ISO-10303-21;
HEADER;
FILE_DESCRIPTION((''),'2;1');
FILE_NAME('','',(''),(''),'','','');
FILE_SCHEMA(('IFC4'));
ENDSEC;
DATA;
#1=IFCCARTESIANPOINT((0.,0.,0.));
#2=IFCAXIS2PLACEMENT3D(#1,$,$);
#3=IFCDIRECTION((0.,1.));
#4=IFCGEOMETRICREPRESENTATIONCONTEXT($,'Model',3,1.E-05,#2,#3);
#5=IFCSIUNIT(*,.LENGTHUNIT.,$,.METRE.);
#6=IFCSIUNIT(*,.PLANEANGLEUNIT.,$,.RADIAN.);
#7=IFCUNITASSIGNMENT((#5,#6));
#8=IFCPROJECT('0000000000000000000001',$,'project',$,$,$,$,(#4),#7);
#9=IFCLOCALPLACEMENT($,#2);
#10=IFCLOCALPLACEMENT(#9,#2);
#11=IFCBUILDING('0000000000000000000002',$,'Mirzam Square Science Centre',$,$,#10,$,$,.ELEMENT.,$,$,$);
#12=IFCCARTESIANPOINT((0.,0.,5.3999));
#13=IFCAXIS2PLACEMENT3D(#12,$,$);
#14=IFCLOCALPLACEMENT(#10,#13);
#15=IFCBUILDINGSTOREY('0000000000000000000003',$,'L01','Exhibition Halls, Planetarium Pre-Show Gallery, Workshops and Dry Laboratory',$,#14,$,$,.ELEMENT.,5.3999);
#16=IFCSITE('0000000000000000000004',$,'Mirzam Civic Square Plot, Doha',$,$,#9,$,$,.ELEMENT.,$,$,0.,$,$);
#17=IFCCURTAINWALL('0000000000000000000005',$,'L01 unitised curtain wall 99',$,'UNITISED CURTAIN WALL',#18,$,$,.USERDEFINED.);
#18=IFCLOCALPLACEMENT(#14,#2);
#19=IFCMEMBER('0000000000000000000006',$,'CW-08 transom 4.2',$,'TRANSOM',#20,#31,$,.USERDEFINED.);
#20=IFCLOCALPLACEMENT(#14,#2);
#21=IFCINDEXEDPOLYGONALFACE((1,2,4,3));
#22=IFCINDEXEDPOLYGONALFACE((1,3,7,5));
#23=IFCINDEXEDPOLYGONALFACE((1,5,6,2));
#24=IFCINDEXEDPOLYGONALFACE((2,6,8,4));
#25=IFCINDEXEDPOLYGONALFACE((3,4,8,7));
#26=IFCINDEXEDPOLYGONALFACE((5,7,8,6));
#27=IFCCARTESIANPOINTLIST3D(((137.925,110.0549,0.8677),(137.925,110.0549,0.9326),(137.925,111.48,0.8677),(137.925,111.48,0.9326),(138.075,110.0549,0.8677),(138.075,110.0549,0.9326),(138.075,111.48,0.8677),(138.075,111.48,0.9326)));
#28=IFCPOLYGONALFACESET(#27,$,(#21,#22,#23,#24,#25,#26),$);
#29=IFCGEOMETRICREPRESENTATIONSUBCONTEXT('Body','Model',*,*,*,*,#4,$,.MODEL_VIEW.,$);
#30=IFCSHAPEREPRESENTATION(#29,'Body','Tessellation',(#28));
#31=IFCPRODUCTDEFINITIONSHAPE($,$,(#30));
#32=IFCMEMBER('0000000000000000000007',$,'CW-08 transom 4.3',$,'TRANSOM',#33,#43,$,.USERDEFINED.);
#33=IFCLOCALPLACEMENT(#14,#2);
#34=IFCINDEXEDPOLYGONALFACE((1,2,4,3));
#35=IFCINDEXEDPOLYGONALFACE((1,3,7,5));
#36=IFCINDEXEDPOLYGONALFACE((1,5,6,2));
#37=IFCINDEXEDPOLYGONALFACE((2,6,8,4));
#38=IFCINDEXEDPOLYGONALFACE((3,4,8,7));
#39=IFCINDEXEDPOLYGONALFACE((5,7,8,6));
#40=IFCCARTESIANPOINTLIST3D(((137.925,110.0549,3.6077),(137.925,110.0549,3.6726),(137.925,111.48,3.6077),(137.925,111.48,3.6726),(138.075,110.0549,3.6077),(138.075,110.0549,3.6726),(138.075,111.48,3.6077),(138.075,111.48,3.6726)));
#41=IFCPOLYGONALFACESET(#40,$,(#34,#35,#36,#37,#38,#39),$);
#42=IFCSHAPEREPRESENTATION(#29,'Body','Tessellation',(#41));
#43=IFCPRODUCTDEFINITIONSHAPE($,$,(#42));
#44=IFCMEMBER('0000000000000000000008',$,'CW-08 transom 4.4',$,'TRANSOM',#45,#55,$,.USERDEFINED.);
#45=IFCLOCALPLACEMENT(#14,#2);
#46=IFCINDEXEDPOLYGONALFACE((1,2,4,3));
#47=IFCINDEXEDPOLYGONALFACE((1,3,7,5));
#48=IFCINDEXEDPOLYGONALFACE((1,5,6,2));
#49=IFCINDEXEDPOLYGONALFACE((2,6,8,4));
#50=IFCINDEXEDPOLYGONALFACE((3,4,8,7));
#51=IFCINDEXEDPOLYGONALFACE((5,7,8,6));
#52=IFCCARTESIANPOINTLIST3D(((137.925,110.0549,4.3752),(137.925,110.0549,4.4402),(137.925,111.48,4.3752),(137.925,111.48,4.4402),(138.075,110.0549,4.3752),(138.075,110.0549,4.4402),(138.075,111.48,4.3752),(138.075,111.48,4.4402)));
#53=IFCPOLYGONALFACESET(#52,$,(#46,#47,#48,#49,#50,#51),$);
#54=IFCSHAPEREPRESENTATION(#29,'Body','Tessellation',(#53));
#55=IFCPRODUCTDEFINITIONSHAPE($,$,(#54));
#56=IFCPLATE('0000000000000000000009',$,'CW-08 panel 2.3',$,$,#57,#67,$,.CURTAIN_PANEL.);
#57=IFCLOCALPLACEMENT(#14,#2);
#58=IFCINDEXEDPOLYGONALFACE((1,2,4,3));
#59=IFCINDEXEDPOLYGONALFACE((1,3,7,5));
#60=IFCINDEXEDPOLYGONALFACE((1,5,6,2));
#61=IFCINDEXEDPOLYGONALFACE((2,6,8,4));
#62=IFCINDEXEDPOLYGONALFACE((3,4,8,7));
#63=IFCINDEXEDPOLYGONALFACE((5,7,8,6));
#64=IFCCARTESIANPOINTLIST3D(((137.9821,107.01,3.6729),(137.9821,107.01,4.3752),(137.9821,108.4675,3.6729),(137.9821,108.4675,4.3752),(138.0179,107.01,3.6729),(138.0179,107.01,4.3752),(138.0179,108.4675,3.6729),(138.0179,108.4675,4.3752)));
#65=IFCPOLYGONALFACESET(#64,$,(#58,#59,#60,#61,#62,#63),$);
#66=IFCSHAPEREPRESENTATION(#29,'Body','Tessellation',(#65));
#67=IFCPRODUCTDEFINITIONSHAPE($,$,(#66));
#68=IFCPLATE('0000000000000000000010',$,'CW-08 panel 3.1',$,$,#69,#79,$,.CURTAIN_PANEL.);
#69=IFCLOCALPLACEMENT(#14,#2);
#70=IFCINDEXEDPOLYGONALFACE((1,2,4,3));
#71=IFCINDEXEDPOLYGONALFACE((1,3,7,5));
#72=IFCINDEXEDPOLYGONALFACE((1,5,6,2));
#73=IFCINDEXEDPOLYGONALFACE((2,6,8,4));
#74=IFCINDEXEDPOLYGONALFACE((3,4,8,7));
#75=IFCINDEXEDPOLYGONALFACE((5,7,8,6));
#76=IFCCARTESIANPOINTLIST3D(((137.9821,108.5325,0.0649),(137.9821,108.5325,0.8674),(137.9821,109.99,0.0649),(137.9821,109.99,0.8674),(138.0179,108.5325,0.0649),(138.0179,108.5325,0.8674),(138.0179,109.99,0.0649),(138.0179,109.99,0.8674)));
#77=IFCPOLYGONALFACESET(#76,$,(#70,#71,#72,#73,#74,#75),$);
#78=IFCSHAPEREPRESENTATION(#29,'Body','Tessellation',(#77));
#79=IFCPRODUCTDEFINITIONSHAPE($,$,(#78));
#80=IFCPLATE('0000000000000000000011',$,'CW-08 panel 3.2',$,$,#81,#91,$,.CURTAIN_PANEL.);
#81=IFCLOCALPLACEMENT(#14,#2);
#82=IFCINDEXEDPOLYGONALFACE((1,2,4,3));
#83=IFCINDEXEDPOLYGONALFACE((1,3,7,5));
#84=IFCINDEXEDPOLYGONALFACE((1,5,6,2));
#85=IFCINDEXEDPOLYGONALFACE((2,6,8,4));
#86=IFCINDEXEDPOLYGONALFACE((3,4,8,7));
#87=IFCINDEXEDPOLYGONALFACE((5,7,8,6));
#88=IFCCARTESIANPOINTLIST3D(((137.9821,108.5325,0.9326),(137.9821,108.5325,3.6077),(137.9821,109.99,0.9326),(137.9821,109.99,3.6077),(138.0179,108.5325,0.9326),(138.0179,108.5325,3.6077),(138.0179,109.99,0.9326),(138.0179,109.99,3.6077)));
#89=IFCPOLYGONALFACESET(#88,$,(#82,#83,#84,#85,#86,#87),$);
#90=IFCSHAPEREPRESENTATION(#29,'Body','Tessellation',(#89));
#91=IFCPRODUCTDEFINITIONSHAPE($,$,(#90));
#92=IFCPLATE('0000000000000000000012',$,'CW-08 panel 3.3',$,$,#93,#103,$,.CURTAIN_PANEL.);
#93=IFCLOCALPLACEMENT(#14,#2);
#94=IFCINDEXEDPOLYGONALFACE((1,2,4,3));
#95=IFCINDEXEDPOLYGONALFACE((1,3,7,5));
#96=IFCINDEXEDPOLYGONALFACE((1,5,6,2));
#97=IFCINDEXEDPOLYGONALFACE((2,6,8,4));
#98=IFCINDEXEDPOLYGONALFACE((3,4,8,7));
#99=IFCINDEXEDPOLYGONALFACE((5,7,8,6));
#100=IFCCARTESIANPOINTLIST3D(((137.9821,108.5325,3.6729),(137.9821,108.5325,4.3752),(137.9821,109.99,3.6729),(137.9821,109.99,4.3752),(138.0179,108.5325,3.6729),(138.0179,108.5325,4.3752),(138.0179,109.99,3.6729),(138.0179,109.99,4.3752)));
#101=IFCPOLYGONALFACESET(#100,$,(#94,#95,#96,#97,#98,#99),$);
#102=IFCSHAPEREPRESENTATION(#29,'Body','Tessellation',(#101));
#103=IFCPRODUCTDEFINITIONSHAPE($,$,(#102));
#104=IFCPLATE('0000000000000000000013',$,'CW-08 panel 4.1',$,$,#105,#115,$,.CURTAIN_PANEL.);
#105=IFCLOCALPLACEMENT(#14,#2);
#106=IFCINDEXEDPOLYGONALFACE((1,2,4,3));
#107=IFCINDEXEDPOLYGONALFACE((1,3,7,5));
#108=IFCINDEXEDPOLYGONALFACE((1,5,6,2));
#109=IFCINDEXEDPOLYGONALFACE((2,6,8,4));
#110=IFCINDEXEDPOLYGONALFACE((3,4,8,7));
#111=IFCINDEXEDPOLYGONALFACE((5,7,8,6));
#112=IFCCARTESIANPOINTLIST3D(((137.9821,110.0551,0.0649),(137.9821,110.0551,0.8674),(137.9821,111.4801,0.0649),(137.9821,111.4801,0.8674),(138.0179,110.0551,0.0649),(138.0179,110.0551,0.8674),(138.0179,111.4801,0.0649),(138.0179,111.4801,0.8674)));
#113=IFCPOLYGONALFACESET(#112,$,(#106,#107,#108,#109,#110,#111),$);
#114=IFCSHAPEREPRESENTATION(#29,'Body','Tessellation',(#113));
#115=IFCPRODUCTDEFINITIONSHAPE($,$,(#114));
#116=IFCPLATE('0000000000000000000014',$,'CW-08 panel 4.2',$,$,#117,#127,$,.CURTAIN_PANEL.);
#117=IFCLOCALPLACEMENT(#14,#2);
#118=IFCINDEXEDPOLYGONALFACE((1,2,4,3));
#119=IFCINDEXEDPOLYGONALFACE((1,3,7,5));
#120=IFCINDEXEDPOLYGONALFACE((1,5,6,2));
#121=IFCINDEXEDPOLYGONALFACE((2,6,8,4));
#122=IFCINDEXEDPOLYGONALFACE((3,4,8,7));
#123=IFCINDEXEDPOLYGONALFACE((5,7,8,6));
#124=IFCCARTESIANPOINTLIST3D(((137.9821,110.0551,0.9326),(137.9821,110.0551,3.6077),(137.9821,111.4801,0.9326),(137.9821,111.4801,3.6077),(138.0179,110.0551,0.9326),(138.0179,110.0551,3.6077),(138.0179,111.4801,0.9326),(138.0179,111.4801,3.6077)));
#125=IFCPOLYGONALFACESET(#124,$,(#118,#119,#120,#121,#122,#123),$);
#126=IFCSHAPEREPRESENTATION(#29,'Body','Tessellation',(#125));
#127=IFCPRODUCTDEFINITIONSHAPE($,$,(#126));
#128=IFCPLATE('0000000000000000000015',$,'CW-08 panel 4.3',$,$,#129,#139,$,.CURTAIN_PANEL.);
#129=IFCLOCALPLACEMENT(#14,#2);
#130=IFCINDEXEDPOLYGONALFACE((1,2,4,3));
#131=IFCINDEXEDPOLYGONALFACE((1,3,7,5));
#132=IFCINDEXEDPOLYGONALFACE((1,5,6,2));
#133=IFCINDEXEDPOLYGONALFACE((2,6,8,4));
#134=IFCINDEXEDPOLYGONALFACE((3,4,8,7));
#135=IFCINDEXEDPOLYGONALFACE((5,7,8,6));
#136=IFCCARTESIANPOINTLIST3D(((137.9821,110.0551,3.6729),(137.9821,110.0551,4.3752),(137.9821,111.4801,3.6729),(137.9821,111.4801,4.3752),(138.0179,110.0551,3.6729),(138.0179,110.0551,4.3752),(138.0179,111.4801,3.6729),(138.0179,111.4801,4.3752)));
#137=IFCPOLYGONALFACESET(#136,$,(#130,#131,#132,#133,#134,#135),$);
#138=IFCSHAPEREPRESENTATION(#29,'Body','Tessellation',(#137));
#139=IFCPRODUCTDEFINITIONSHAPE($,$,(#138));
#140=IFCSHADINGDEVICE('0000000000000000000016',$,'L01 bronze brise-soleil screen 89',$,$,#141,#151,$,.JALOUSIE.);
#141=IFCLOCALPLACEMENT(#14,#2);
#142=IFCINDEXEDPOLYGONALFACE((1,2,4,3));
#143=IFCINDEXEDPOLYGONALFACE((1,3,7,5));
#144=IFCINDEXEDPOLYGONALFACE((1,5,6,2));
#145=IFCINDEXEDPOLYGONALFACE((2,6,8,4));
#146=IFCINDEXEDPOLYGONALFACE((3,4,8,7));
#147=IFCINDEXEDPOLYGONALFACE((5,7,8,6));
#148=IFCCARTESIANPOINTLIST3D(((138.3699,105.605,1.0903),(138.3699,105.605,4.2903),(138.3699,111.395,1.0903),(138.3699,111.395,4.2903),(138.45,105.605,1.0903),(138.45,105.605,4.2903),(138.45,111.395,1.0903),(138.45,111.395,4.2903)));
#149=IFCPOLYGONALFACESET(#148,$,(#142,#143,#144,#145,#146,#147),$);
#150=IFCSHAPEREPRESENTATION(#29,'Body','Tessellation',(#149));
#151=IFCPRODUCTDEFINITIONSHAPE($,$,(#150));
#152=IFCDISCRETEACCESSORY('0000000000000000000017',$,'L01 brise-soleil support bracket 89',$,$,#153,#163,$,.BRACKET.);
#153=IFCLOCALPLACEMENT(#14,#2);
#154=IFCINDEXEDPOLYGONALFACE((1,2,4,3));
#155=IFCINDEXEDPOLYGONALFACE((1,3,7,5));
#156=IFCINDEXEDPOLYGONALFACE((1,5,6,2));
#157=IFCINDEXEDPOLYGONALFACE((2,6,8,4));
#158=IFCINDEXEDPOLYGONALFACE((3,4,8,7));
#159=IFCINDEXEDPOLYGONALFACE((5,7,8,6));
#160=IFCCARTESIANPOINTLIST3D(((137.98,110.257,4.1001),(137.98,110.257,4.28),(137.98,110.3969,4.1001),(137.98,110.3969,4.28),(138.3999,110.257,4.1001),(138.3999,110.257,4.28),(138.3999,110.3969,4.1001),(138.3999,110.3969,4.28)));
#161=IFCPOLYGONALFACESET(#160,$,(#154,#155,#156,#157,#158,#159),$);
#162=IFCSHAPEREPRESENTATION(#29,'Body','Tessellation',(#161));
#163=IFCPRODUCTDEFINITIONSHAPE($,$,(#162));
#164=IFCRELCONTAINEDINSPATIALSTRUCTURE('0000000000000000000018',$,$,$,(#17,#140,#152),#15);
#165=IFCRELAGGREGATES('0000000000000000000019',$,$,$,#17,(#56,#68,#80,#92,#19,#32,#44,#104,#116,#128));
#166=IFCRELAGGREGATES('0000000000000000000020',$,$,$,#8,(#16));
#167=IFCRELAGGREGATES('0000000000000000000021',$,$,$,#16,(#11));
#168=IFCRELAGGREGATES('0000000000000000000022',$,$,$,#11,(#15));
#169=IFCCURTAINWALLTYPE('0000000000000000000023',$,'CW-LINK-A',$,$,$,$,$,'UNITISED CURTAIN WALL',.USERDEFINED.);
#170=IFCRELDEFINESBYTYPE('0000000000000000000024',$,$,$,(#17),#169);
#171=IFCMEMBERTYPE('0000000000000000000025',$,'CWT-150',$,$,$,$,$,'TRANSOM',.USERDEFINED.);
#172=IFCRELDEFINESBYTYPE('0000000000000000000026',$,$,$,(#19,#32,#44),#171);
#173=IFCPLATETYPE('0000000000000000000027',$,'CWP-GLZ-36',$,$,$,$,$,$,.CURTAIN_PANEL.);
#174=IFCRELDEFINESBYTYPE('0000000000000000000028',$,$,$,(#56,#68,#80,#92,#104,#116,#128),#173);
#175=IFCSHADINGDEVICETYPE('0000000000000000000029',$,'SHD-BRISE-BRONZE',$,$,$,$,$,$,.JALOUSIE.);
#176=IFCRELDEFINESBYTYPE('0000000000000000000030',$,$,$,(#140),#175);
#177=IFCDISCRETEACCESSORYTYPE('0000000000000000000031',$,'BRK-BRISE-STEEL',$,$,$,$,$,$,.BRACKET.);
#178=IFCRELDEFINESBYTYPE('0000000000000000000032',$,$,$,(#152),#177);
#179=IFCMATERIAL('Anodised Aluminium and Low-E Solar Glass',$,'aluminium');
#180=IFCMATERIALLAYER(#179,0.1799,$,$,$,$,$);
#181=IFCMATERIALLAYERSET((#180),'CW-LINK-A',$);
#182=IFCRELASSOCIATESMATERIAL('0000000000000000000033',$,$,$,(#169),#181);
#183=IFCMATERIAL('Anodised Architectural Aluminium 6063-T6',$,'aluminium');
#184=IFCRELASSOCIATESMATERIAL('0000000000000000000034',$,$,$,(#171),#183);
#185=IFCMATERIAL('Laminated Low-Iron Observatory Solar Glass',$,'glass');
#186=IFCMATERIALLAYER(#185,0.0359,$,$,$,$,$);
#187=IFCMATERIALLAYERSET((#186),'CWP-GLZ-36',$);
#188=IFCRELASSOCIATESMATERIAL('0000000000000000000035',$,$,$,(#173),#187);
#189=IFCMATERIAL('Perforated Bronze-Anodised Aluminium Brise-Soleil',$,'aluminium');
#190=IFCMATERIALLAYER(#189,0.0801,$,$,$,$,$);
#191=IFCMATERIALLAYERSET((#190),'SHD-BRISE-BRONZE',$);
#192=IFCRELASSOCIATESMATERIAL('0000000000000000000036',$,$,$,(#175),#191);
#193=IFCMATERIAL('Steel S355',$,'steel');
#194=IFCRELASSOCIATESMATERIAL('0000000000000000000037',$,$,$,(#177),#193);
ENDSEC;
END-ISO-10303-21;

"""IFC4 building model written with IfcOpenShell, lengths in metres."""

from ifc_helpers import new_model, si_unit, direction, frame, origin, origin_2d, place, context, subcontext, project, spatial, rectangle, extrude, material, layer, layer_set, material_profile, profile_set, type_object, element, aggregate, save


model = new_model("IFC4")

# Units and contexts
model_context = context("Model", 3, precision=1e-05, world=origin(), true_north=direction((0.0, 1.0)))
body_context = subcontext(model_context, "Body", "Model", "MODEL_VIEW")
ifc_project = project(units=[si_unit("LENGTHUNIT", "METRE"), si_unit("PLANEANGLEUNIT", "RADIAN")], contexts=[model_context])

# Site, building, storey
site_placement = place(None, origin())
site = spatial("IfcSite", under=ifc_project, at=site_placement, Name="Mirzam Civic Square Plot, Doha", CompositionType="ELEMENT", RefElevation=0.0)
building_placement = place(site_placement, origin())
building = spatial("IfcBuilding", under=site, at=building_placement, Name="Mirzam Square Science Centre", CompositionType="ELEMENT")
storey_placement = place(building_placement, frame((0.0, 0.0, 5.3999)))
storey = spatial("IfcBuildingStorey", under=building, at=storey_placement, Name="L01", Description="Exhibition Halls, Planetarium Pre-Show Gallery, Workshops and Dry Laboratory", CompositionType="ELEMENT", Elevation=5.3999)

# Shared definitions
ifc_material_1 = material(Name="Steel S355", Category="steel")

# Shared definitions
ifc_material_2 = material(Name="Anodised Aluminium and Low-E Solar Glass", Category="aluminium")
ifc_material_3 = material(Name="Anodised Architectural Aluminium 6063-T6", Category="aluminium")

# Curtain wall
ifc_layer_1 = layer(ifc_material_2, 0.1799)
ifc_layer_set_1 = layer_set([ifc_layer_1], Name="CW-LINK-A")
curtain_wall_type_1 = type_object("IfcCurtainWallType", Name="CW-LINK-A", ElementType="UNITISED CURTAIN WALL", PredefinedType="USERDEFINED", material=ifc_layer_set_1)
curtain_wall_1_placement = place(storey_placement, origin())
curtain_wall_1 = element("IfcCurtainWall", 1, at=curtain_wall_1_placement, inside=storey, type_object=curtain_wall_type_1, Name="L01 unitised curtain wall 99", ObjectType="UNITISED CURTAIN WALL", PredefinedType="USERDEFINED")

# Members
ifc_material_profile_1 = material_profile(ifc_material_3, rectangle(XDim=0.1499, YDim=0.0649, at=origin_2d()), Name="ALU-TRAN-150x65x4")
ifc_profile_set_1 = profile_set([ifc_material_profile_1], Name="Anodised Architectural Aluminium 6063-T6")
member_type_1 = type_object("IfcMemberType", Name="CWT-150", ElementType="TRANSOM", PredefinedType="USERDEFINED", material=ifc_profile_set_1)
member_1_placement = place(storey_placement, frame((138.0, 110.0549, 0.9001), z_axis=(0.0, 1.0, 0.0), x_axis=(-1.0, 0.0, 0.0)))
member_1 = element("IfcMember", 2, at=member_1_placement, type_object=member_type_1, Name="CW-08 transom 4.2", ObjectType="TRANSOM", PredefinedType="USERDEFINED", context=body_context, shape_type="SweptSolid", body=[
    extrude(rectangle(XDim=0.1499, YDim=0.0649, at=origin_2d()), origin(), (0.0, 0.0, 1.0), 1.425),
])
member_2_placement = place(storey_placement, frame((138.0, 110.0549, 3.6401), z_axis=(0.0, 1.0, 0.0), x_axis=(-1.0, 0.0, 0.0)))
member_2 = element("IfcMember", 3, at=member_2_placement, type_object=member_type_1, Name="CW-08 transom 4.3", ObjectType="TRANSOM", PredefinedType="USERDEFINED", context=body_context, shape_type="SweptSolid", body=[
    extrude(rectangle(XDim=0.1499, YDim=0.0649, at=origin_2d()), origin(), (0.0, 0.0, 1.0), 1.425),
])
member_3_placement = place(storey_placement, frame((138.0, 110.0549, 4.4077), z_axis=(0.0, 1.0, 0.0), x_axis=(-1.0, 0.0, 0.0)))
member_3 = element("IfcMember", 4, at=member_3_placement, type_object=member_type_1, Name="CW-08 transom 4.4", ObjectType="TRANSOM", PredefinedType="USERDEFINED", context=body_context, shape_type="SweptSolid", body=[
    extrude(rectangle(XDim=0.1499, YDim=0.0649, at=origin_2d()), origin(), (0.0, 0.0, 1.0), 1.425),
])

# Plates
ifc_material_4 = material(Name="Laminated Low-Iron Observatory Solar Glass", Category="glass")
ifc_layer_2 = layer(ifc_material_4, 0.0359)
ifc_layer_set_2 = layer_set([ifc_layer_2], Name="CWP-GLZ-36")
plate_type = type_object("IfcPlateType", Name="CWP-GLZ-36", PredefinedType="CURTAIN_PANEL", material=ifc_layer_set_2)
plate_1_placement = place(storey_placement, frame((138.0, 107.7388, 3.6729), z_axis=(0.0, 0.0, 1.0), x_axis=(0.0, 1.0, 0.0)))
plate_1 = element("IfcPlate", 5, at=plate_1_placement, type_object=plate_type, Name="CW-08 panel 2.3", PredefinedType="CURTAIN_PANEL", context=body_context, shape_type="SweptSolid", body=[
    extrude(rectangle(XDim=1.4575, YDim=0.0359, at=origin_2d()), origin(), (0.0, 0.0, 1.0), 0.7024),
])
plate_2_placement = place(storey_placement, frame((138.0, 109.2612, 0.0649), z_axis=(0.0, 0.0, 1.0), x_axis=(0.0, 1.0, 0.0)))
plate_2 = element("IfcPlate", 6, at=plate_2_placement, type_object=plate_type, Name="CW-08 panel 3.1", PredefinedType="CURTAIN_PANEL", context=body_context, shape_type="SweptSolid", body=[
    extrude(rectangle(XDim=1.4575, YDim=0.0359, at=origin_2d()), origin(), (0.0, 0.0, 1.0), 0.8025),
])
plate_3_placement = place(storey_placement, frame((138.0, 109.2612, 0.9326), z_axis=(0.0, 0.0, 1.0), x_axis=(0.0, 1.0, 0.0)))
plate_3 = element("IfcPlate", 7, at=plate_3_placement, type_object=plate_type, Name="CW-08 panel 3.2", PredefinedType="CURTAIN_PANEL", context=body_context, shape_type="SweptSolid", body=[
    extrude(rectangle(XDim=1.4575, YDim=0.0359, at=origin_2d()), origin(), (0.0, 0.0, 1.0), 2.675),
])
plate_4_placement = place(storey_placement, frame((138.0, 109.2612, 3.6729), z_axis=(0.0, 0.0, 1.0), x_axis=(0.0, 1.0, 0.0)))
plate_4 = element("IfcPlate", 8, at=plate_4_placement, type_object=plate_type, Name="CW-08 panel 3.3", PredefinedType="CURTAIN_PANEL", context=body_context, shape_type="SweptSolid", body=[
    extrude(rectangle(XDim=1.4575, YDim=0.0359, at=origin_2d()), origin(), (0.0, 0.0, 1.0), 0.7024),
])
plate_5_placement = place(storey_placement, frame((138.0, 110.7676, 0.0649), z_axis=(0.0, 0.0, 1.0), x_axis=(0.0, 1.0, 0.0)))
plate_5 = element("IfcPlate", 9, at=plate_5_placement, type_object=plate_type, Name="CW-08 panel 4.1", PredefinedType="CURTAIN_PANEL", context=body_context, shape_type="SweptSolid", body=[
    extrude(rectangle(XDim=1.425, YDim=0.0359, at=origin_2d()), origin(), (0.0, 0.0, 1.0), 0.8025),
])
plate_6_placement = place(storey_placement, frame((138.0, 110.7676, 0.9326), z_axis=(0.0, 0.0, 1.0), x_axis=(0.0, 1.0, 0.0)))
plate_6 = element("IfcPlate", 10, at=plate_6_placement, type_object=plate_type, Name="CW-08 panel 4.2", PredefinedType="CURTAIN_PANEL", context=body_context, shape_type="SweptSolid", body=[
    extrude(rectangle(XDim=1.425, YDim=0.0359, at=origin_2d()), origin(), (0.0, 0.0, 1.0), 2.675),
])
plate_7_placement = place(storey_placement, frame((138.0, 110.7676, 3.6729), z_axis=(0.0, 0.0, 1.0), x_axis=(0.0, 1.0, 0.0)))
plate_7 = element("IfcPlate", 11, at=plate_7_placement, type_object=plate_type, Name="CW-08 panel 4.3", PredefinedType="CURTAIN_PANEL", context=body_context, shape_type="SweptSolid", body=[
    extrude(rectangle(XDim=1.425, YDim=0.0359, at=origin_2d()), origin(), (0.0, 0.0, 1.0), 0.7024),
])
aggregate(curtain_wall_1, [plate_1, plate_2, plate_3, plate_4, member_1, member_2, member_3, plate_5, plate_6, plate_7])

# Shading device
ifc_material_5 = material(Name="Perforated Bronze-Anodised Aluminium Brise-Soleil", Category="aluminium")
ifc_layer_3 = layer(ifc_material_5, 0.0801)
ifc_layer_set_3 = layer_set([ifc_layer_3], Name="SHD-BRISE-BRONZE")
shading_device_type = type_object("IfcShadingDeviceType", Name="SHD-BRISE-BRONZE", PredefinedType="JALOUSIE", material=ifc_layer_set_3)
shading_device_placement = place(storey_placement, frame((138.4099, 108.5, 1.0903), z_axis=(0.0, 0.0, 1.0), x_axis=(0.0, 1.0, 0.0)))
element("IfcShadingDevice", 12, at=shading_device_placement, inside=storey, type_object=shading_device_type, Name="L01 bronze brise-soleil screen 89", PredefinedType="JALOUSIE", context=body_context, shape_type="SweptSolid", body=[
    extrude(rectangle(XDim=5.79, YDim=0.0801, at=origin_2d()), origin(), (0.0, 0.0, 1.0), 3.2),
])

# Discrete accessory
discrete_accessory_type = type_object("IfcDiscreteAccessoryType", Name="BRK-BRISE-STEEL", PredefinedType="BRACKET", material=ifc_material_1)
discrete_accessory_placement = place(storey_placement, frame((138.1899, 110.3269, 4.1001), z_axis=(0.0, 0.0, 1.0), x_axis=(0.0, 1.0, 0.0)))
element("IfcDiscreteAccessory", 13, at=discrete_accessory_placement, inside=storey, type_object=discrete_accessory_type, Name="L01 brise-soleil support bracket 89", PredefinedType="BRACKET", context=body_context, shape_type="SweptSolid", body=[
    extrude(rectangle(XDim=0.1399, YDim=0.4199, at=origin_2d()), origin(), (0.0, 0.0, 1.0), 0.1799),
])

save(model, "model.ifc")
